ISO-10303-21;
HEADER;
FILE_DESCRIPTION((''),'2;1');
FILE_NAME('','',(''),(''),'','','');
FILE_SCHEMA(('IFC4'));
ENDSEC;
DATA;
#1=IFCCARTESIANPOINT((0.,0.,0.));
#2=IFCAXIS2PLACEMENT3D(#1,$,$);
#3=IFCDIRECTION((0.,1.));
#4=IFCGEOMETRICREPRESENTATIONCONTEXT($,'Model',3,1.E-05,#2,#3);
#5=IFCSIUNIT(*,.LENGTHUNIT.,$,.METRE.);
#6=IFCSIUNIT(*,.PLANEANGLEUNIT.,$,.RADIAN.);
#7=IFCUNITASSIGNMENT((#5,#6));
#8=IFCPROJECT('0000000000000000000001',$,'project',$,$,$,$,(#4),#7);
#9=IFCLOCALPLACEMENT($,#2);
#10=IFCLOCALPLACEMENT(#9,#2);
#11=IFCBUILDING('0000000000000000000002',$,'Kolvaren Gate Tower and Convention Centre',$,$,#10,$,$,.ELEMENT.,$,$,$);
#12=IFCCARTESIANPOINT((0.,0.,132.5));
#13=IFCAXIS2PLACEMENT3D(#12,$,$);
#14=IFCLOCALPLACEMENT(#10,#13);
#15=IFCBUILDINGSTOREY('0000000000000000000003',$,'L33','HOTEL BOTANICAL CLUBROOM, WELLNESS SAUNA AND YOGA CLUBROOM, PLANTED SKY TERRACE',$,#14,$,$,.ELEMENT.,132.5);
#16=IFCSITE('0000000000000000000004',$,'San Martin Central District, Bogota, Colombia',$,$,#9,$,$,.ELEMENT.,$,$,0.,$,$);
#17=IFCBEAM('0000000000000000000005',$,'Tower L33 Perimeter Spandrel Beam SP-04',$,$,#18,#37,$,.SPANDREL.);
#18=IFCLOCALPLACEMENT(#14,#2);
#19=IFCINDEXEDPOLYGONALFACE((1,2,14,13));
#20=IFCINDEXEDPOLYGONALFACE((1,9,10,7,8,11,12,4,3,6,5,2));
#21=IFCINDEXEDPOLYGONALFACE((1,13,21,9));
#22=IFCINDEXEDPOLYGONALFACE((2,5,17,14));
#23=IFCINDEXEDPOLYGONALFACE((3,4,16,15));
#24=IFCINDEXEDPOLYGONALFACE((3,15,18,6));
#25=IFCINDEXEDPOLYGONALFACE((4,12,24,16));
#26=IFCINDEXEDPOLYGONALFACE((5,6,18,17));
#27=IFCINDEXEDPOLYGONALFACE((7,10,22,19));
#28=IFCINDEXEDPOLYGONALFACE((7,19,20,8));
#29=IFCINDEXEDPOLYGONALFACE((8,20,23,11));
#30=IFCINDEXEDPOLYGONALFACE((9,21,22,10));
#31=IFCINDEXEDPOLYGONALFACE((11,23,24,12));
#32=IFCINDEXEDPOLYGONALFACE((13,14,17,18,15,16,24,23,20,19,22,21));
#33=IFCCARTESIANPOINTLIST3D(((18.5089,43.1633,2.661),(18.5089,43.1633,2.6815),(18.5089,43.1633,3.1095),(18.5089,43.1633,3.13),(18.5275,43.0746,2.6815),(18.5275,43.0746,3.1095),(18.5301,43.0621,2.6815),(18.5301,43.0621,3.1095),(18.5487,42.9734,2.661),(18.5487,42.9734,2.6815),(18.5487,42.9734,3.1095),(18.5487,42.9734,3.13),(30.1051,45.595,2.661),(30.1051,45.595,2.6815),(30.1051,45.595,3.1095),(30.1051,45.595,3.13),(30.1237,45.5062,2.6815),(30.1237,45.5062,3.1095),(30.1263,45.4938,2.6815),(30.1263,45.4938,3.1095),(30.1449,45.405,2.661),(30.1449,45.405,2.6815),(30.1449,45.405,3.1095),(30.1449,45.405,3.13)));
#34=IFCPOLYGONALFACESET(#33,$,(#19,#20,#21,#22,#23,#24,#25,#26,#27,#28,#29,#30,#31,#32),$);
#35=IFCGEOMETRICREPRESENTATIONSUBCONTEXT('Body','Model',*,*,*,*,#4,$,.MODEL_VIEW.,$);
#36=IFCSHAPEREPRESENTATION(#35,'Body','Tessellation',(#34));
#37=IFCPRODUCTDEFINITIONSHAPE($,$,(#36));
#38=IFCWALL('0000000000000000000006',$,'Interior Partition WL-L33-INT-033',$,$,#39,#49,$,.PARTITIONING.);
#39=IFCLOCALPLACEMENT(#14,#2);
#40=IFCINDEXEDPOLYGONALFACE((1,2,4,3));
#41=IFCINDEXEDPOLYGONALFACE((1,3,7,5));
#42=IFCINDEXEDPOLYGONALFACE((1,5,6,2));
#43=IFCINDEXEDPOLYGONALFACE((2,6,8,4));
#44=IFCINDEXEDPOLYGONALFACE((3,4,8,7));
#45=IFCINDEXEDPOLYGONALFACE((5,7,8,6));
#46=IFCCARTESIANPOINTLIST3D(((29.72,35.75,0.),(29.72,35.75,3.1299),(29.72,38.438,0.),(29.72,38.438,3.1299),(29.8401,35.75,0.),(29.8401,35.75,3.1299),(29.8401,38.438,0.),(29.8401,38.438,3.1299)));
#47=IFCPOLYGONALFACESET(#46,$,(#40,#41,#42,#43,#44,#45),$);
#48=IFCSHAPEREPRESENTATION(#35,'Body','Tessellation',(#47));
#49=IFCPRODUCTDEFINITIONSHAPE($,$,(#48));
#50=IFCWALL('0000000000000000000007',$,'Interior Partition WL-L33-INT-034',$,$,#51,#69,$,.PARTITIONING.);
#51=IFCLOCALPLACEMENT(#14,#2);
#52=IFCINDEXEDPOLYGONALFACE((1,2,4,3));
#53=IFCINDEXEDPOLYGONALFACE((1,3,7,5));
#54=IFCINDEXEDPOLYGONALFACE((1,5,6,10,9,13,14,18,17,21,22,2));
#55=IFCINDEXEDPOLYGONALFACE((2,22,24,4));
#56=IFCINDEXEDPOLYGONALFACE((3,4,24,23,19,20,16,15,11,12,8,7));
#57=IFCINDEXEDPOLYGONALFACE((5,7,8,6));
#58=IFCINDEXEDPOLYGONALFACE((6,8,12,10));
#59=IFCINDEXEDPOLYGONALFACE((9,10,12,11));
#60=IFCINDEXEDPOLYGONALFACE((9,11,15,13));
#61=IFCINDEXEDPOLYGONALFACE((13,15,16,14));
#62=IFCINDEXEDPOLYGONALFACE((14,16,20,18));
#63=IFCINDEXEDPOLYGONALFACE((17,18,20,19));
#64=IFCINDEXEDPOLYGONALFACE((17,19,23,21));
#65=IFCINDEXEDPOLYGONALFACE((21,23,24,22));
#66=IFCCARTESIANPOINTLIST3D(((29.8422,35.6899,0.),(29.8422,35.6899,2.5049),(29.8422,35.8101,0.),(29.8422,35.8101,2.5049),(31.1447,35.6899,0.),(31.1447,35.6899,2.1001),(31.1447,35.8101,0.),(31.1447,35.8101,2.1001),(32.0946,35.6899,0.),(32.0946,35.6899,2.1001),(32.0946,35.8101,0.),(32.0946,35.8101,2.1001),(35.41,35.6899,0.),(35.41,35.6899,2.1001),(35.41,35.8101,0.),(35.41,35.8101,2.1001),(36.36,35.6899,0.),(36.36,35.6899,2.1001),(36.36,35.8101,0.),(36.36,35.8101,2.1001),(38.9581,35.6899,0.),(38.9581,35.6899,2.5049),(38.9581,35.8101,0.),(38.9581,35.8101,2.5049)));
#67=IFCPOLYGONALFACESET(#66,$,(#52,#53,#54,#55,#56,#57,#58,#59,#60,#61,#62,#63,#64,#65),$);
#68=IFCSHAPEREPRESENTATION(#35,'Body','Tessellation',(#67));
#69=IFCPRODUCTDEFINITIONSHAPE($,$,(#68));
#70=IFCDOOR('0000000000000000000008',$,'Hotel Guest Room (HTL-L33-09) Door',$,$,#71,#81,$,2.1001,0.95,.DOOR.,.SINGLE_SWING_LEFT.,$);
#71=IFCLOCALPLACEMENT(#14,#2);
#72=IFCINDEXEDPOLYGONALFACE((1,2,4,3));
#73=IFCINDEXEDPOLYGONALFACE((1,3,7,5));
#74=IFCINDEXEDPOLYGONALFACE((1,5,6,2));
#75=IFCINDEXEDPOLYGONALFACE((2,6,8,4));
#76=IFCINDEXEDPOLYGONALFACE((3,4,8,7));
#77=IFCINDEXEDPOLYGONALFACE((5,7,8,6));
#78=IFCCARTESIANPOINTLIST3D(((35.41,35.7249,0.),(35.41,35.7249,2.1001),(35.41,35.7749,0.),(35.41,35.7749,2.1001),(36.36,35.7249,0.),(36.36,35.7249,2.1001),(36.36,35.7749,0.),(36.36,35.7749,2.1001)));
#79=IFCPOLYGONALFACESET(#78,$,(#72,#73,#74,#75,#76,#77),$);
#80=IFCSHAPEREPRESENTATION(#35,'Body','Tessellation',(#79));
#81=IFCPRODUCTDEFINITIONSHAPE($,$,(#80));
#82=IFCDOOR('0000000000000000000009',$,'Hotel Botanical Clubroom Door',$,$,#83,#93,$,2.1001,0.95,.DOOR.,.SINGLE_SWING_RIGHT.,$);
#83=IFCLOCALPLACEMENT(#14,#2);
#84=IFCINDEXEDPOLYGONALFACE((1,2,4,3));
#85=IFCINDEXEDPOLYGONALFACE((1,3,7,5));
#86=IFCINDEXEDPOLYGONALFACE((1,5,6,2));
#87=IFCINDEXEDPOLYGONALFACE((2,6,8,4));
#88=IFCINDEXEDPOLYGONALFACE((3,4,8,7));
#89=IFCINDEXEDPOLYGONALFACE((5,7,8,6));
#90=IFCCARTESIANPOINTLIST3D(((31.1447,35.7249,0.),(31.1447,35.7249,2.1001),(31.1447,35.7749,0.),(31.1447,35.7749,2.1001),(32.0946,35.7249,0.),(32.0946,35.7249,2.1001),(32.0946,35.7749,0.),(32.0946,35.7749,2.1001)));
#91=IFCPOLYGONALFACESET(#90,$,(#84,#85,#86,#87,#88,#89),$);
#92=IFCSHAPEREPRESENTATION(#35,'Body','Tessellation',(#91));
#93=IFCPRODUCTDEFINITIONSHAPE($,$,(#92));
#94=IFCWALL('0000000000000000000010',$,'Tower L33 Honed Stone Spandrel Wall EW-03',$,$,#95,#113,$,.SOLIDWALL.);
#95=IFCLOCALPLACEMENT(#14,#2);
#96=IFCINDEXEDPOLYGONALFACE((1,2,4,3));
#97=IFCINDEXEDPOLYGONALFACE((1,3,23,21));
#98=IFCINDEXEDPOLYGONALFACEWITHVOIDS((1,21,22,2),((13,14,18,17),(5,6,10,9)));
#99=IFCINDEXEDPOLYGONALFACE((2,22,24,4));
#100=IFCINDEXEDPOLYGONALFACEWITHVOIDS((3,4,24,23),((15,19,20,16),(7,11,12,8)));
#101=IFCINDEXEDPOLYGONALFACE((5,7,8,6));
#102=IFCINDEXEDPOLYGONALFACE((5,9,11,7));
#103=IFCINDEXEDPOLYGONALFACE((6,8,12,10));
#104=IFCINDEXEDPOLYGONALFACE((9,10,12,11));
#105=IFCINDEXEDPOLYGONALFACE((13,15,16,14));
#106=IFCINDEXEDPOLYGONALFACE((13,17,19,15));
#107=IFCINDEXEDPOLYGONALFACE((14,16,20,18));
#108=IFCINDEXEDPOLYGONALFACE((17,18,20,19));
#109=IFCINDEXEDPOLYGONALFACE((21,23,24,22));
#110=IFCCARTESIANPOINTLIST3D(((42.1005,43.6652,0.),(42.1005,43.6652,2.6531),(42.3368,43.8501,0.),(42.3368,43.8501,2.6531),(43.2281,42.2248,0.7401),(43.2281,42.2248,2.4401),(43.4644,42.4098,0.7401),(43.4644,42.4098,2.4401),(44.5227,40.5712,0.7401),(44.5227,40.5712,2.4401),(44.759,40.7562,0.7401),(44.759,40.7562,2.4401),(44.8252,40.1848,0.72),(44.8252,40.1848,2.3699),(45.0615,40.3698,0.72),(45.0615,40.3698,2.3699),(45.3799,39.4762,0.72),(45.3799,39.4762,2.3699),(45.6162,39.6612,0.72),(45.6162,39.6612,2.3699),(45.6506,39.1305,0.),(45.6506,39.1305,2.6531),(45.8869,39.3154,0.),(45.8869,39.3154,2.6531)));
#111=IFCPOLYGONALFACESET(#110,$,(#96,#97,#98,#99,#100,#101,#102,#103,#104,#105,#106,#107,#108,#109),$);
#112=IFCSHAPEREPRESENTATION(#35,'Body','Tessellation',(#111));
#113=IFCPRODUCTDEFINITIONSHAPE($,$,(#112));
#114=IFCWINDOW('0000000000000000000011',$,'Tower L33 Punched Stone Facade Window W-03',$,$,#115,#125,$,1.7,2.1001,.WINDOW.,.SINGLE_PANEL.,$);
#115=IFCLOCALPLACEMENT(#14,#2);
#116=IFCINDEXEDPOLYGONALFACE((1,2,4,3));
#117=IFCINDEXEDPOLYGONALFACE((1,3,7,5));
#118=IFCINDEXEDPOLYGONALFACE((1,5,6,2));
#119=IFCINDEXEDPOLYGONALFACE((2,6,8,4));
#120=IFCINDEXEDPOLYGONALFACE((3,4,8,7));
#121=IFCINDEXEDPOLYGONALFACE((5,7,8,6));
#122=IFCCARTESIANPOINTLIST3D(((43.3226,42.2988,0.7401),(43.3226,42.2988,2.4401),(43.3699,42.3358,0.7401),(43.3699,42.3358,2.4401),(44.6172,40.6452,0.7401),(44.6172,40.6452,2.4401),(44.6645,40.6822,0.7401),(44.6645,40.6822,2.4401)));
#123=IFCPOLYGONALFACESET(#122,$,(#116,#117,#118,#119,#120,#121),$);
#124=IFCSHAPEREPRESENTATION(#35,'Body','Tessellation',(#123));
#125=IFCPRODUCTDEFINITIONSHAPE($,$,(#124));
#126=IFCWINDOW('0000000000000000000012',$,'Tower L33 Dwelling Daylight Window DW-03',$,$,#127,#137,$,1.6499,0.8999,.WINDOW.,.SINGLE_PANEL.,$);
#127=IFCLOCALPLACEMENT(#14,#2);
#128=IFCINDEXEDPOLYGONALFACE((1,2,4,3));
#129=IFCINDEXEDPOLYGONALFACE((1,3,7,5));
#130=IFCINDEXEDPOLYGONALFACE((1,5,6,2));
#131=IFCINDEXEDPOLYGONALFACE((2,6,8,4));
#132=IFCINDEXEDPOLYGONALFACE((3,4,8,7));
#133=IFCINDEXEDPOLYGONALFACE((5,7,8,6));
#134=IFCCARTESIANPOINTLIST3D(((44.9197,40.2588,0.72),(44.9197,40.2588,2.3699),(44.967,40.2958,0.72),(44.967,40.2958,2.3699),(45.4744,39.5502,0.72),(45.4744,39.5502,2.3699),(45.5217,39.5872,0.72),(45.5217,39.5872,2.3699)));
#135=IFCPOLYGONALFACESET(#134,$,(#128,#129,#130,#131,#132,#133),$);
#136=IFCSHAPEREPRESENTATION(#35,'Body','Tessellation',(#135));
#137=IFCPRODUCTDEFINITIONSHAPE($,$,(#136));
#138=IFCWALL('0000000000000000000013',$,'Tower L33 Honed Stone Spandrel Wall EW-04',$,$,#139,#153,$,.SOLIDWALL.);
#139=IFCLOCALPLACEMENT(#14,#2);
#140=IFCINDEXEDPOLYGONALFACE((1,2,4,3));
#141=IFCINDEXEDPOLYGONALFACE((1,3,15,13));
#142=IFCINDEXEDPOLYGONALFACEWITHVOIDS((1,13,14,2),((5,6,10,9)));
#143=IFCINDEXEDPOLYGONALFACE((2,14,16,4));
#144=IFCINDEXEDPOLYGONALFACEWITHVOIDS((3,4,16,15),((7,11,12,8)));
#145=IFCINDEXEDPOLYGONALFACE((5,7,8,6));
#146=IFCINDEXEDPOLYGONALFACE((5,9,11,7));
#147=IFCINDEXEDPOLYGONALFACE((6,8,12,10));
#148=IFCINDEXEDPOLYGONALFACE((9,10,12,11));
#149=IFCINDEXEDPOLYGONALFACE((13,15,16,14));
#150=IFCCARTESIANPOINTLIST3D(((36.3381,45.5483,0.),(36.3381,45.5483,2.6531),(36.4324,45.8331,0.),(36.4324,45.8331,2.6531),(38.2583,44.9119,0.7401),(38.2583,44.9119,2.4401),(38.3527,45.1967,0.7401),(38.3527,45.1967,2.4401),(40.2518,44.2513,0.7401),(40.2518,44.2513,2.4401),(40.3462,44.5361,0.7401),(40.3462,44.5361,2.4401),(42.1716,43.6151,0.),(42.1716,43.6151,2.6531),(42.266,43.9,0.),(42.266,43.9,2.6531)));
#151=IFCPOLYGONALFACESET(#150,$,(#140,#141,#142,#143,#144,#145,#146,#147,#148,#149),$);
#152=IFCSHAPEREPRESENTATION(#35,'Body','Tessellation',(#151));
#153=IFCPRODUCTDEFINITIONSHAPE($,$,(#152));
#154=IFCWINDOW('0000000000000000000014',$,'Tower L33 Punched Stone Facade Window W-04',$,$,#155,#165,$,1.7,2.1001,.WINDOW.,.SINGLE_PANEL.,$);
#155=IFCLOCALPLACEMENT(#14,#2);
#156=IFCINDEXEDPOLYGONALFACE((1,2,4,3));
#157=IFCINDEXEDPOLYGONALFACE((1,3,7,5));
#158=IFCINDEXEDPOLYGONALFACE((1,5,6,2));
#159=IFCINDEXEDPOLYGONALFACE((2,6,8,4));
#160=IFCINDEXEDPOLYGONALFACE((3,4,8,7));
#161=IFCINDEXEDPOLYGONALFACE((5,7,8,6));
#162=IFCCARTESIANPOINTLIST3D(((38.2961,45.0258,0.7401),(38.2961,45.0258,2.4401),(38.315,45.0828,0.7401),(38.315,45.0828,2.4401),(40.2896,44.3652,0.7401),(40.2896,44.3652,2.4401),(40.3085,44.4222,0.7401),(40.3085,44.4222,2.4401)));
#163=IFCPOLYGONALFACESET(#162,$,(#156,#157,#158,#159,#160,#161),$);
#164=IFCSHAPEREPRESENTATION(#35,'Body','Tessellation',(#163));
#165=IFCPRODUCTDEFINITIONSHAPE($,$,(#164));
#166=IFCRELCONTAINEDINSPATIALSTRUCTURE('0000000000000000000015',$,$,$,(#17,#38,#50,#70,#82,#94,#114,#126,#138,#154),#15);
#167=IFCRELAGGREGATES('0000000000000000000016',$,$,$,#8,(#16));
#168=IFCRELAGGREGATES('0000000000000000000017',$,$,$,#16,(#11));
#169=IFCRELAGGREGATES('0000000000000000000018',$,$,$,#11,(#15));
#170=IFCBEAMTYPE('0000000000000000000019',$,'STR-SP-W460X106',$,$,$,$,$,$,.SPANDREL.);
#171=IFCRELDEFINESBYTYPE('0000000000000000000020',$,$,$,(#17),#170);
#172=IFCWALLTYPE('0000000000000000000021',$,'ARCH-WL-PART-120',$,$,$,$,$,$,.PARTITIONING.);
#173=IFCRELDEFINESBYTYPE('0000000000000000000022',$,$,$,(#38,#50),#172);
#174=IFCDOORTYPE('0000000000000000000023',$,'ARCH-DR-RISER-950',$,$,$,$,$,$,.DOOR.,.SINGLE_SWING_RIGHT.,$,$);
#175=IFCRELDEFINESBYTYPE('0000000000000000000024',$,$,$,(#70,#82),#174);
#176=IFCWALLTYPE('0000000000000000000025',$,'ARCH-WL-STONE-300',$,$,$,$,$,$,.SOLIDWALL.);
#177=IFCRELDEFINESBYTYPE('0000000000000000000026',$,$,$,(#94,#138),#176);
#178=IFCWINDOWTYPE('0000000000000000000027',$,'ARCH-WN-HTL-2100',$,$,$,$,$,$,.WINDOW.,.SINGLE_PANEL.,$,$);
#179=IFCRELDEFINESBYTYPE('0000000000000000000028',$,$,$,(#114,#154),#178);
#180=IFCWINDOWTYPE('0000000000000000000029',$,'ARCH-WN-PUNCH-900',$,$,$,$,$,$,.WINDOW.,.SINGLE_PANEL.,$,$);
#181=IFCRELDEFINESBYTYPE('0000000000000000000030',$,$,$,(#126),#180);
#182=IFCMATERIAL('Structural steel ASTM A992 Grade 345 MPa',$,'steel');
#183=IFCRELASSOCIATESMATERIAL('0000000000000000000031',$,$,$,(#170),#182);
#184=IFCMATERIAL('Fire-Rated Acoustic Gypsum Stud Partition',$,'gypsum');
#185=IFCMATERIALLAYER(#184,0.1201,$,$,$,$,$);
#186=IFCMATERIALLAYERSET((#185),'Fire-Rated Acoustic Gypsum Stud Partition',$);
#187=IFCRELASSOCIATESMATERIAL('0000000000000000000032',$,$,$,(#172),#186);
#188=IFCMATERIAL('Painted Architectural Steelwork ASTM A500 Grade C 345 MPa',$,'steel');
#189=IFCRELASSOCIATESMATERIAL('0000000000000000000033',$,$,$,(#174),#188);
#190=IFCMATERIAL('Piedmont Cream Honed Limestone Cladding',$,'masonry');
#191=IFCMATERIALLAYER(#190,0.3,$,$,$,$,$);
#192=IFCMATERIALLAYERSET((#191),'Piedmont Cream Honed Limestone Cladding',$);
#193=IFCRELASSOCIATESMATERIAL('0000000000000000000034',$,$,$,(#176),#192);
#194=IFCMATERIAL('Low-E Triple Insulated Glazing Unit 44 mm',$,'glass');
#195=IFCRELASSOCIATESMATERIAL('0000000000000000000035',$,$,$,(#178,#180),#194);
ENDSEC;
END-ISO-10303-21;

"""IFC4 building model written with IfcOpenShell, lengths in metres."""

from ifc_helpers import new_model, si_unit, direction, frame, frame_2d, origin, origin_2d, place, context, subcontext, project, spatial, rectangle, i_section, extrude, material, layer, layer_set, material_profile, profile_set, type_object, element, fill, save


model = new_model("IFC4")

# Units and contexts
model_context = context("Model", 3, precision=1e-05, world=origin(), true_north=direction((0.0, 1.0)))
body_context = subcontext(model_context, "Body", "Model", "MODEL_VIEW")
ifc_project = project(units=[si_unit("LENGTHUNIT", "METRE"), si_unit("PLANEANGLEUNIT", "RADIAN")], contexts=[model_context])

# Site, building, storey
site_placement = place(None, origin())
site = spatial("IfcSite", under=ifc_project, at=site_placement, Name="San Martin Central District, Bogota, Colombia", CompositionType="ELEMENT", RefElevation=0.0)
building_placement = place(site_placement, origin())
building = spatial("IfcBuilding", under=site, at=building_placement, Name="Kolvaren Gate Tower and Convention Centre", CompositionType="ELEMENT")
storey_placement = place(building_placement, frame((0.0, 0.0, 132.5)))
storey = spatial("IfcBuildingStorey", under=building, at=storey_placement, Name="L33", Description="HOTEL BOTANICAL CLUBROOM, WELLNESS SAUNA AND YOGA CLUBROOM, PLANTED SKY TERRACE", CompositionType="ELEMENT", Elevation=132.5)

# Beam
ifc_material_1 = material(Name="Structural steel ASTM A992 Grade 345 MPa", Category="steel")
ifc_material_profile_1 = material_profile(ifc_material_1, i_section(OverallWidth=0.1941, OverallDepth=0.469, WebThickness=0.0127, FlangeThickness=0.0205, at=origin_2d()), Name="W460X106")
ifc_profile_set_1 = profile_set([ifc_material_profile_1], Name="Structural steel ASTM A992 Grade 345 MPa")
beam_type_1 = type_object("IfcBeamType", Name="STR-SP-W460X106", PredefinedType="SPANDREL", material=ifc_profile_set_1)
beam_1_placement = place(storey_placement, frame((30.125, 45.5, 2.8955), z_axis=(-0.978714, -0.205229, 0.0), x_axis=(0.205229, -0.978714, 0.0)))
element("IfcBeam", 1, at=beam_1_placement, inside=storey, type_object=beam_type_1, Name="Tower L33 Perimeter Spandrel Beam SP-04", PredefinedType="SPANDREL", context=body_context, shape_type="SweptSolid", body=[
    extrude(i_section(OverallWidth=0.1941, OverallDepth=0.469, WebThickness=0.0127, FlangeThickness=0.0205, at=origin_2d()), origin(), (0.0, 0.0, 1.0), 11.8484),
])

# Wall
ifc_material_2 = material(Name="Fire-Rated Acoustic Gypsum Stud Partition", Category="gypsum")
ifc_layer_1 = layer(ifc_material_2, 0.1201)
ifc_layer_set_1 = layer_set([ifc_layer_1], Name="Fire-Rated Acoustic Gypsum Stud Partition")
wall_type_1 = type_object("IfcWallType", Name="ARCH-WL-PART-120", PredefinedType="PARTITIONING", material=ifc_layer_set_1)
wall_1_placement = place(storey_placement, frame((29.78, 35.75, 0.0), z_axis=(0.0, 0.0, 1.0), x_axis=(0.0, 1.0, 0.0)))
element("IfcWall", 2, at=wall_1_placement, inside=storey, type_object=wall_type_1, Name="Interior Partition WL-L33-INT-033", PredefinedType="PARTITIONING", context=body_context, shape_type="SweptSolid", body=[
    extrude(rectangle(XDim=2.688, YDim=0.1201, at=frame_2d((1.344, 0.0))), origin(), (0.0, 0.0, 1.0), 3.1299),
])

# Wall, openings, doors
wall_2_placement = place(storey_placement, frame((29.842, 35.75, 0.0), z_axis=(0.0, 0.0, 1.0), x_axis=(1.0, 0.0, 0.0)))
wall_2 = element("IfcWall", 3, at=wall_2_placement, inside=storey, type_object=wall_type_1, Name="Interior Partition WL-L33-INT-034", PredefinedType="PARTITIONING", context=body_context, shape_type="SweptSolid", body=[
    extrude(rectangle(XDim=9.116, YDim=0.1201, at=frame_2d((4.5581, 0.0))), origin(), (0.0, 0.0, 1.0), 2.5049),
])
opening_1_placement = place(wall_2_placement, frame((5.5679, 0.0, 0.0)))
opening_1 = element("IfcOpeningElement", 4, at=opening_1_placement, cuts=wall_2, PredefinedType="OPENING", context=body_context, shape_type="SweptSolid", body=[
    extrude(rectangle(XDim=0.95, YDim=2.1001, at=frame_2d((0.4751, 1.05))), frame((0.0, 0.0701, 0.0), z_axis=(0.0, -1.0, 0.0), x_axis=(1.0, 0.0, 0.0)), (0.0, 0.0, 1.0), 0.1401),
])
opening_2_placement = place(wall_2_placement, frame((1.3025, 0.0, 0.0)))
opening_2 = element("IfcOpeningElement", 5, at=opening_2_placement, cuts=wall_2, PredefinedType="OPENING", context=body_context, shape_type="SweptSolid", body=[
    extrude(rectangle(XDim=0.95, YDim=2.1001, at=frame_2d((0.4751, 1.05))), frame((0.0, 0.0701, 0.0), z_axis=(0.0, -1.0, 0.0), x_axis=(1.0, 0.0, 0.0)), (0.0, 0.0, 1.0), 0.1401),
])
ifc_material_3 = material(Name="Painted Architectural Steelwork ASTM A500 Grade C 345 MPa", Category="steel")
door_type_1 = type_object("IfcDoorType", Name="ARCH-DR-RISER-950", OperationType="SINGLE_SWING_RIGHT", PredefinedType="DOOR", material=ifc_material_3)
door_1_placement = place(opening_1_placement, origin())
door_1 = element("IfcDoor", 6, at=door_1_placement, inside=storey, type_object=door_type_1, Name="Hotel Guest Room (HTL-L33-09) Door", OperationType="SINGLE_SWING_LEFT", OverallHeight=2.1001, OverallWidth=0.95, PredefinedType="DOOR", context=body_context, shape_type="SweptSolid", body=[
    extrude(rectangle(XDim=0.95, YDim=2.1001, at=frame_2d((0.4751, 1.05))), frame((0.0, 0.0249, 0.0), z_axis=(0.0, -1.0, 0.0), x_axis=(1.0, 0.0, 0.0)), (0.0, 0.0, 1.0), 0.05),
])
fill(opening_1, door_1)
door_2_placement = place(opening_2_placement, origin())
door_2 = element("IfcDoor", 7, at=door_2_placement, inside=storey, type_object=door_type_1, Name="Hotel Botanical Clubroom Door", OperationType="SINGLE_SWING_RIGHT", OverallHeight=2.1001, OverallWidth=0.95, PredefinedType="DOOR", context=body_context, shape_type="SweptSolid", body=[
    extrude(rectangle(XDim=0.95, YDim=2.1001, at=frame_2d((0.4751, 1.05))), frame((0.0, 0.0249, 0.0), z_axis=(0.0, -1.0, 0.0), x_axis=(1.0, 0.0, 0.0)), (0.0, 0.0, 1.0), 0.05),
])
fill(opening_2, door_2)

# Wall, openings, windows
ifc_material_4 = material(Name="Piedmont Cream Honed Limestone Cladding", Category="masonry")
ifc_layer_2 = layer(ifc_material_4, 0.3)
ifc_layer_set_2 = layer_set([ifc_layer_2], Name="Piedmont Cream Honed Limestone Cladding")
wall_type_2 = type_object("IfcWallType", Name="ARCH-WL-STONE-300", PredefinedType="SOLIDWALL", material=ifc_layer_set_2)
wall_3_placement = place(storey_placement, frame((42.2188, 43.7576, 0.0), z_axis=(0.0, 0.0, 1.0), x_axis=(0.616435, -0.787406, 0.0)))
wall_3 = element("IfcWall", 8, at=wall_3_placement, inside=storey, type_object=wall_type_2, Name="Tower L33 Honed Stone Spandrel Wall EW-03", PredefinedType="SOLIDWALL", context=body_context, shape_type="SweptSolid", body=[
    extrude(rectangle(XDim=5.759, YDim=0.3, at=frame_2d((2.8794, 0.0))), origin(), (0.0, 0.0, 1.0), 2.6531),
])
opening_3_placement = place(wall_3_placement, frame((1.8291, 0.0, 0.74)))
opening_3 = element("IfcOpeningElement", 9, at=opening_3_placement, cuts=wall_3, PredefinedType="OPENING", context=body_context, shape_type="SweptSolid", body=[
    extrude(rectangle(XDim=2.1001, YDim=1.7, at=frame_2d((1.05, 0.8501))), frame((0.0, 0.1599, 0.0), z_axis=(0.0, -1.0, 0.0), x_axis=(1.0, 0.0, 0.0)), (0.0, 0.0, 1.0), 0.3201),
])
opening_4_placement = place(wall_3_placement, frame((4.4199, 0.0, 0.72)))
opening_4 = element("IfcOpeningElement", 10, at=opening_4_placement, cuts=wall_3, PredefinedType="OPENING", context=body_context, shape_type="SweptSolid", body=[
    extrude(rectangle(XDim=0.8999, YDim=1.6499, at=frame_2d((0.45, 0.825))), frame((0.0, 0.1599, 0.0), z_axis=(0.0, -1.0, 0.0), x_axis=(1.0, 0.0, 0.0)), (0.0, 0.0, 1.0), 0.3201),
])
ifc_material_5 = material(Name="Low-E Triple Insulated Glazing Unit 44 mm", Category="glass")
window_type_1 = type_object("IfcWindowType", Name="ARCH-WN-HTL-2100", PartitioningType="SINGLE_PANEL", PredefinedType="WINDOW", material=ifc_material_5)
window_1_placement = place(opening_3_placement, origin())
window_1 = element("IfcWindow", 11, at=window_1_placement, inside=storey, type_object=window_type_1, Name="Tower L33 Punched Stone Facade Window W-03", OverallHeight=1.7, OverallWidth=2.1001, PartitioningType="SINGLE_PANEL", PredefinedType="WINDOW", context=body_context, shape_type="SweptSolid", body=[
    extrude(rectangle(XDim=2.1001, YDim=1.7, at=frame_2d((1.05, 0.8501))), frame((0.0, 0.03, 0.0), z_axis=(0.0, -1.0, 0.0), x_axis=(1.0, 0.0, 0.0)), (0.0, 0.0, 1.0), 0.0601),
])
fill(opening_3, window_1)
window_type_2 = type_object("IfcWindowType", Name="ARCH-WN-PUNCH-900", PartitioningType="SINGLE_PANEL", PredefinedType="WINDOW", material=ifc_material_5)
window_2_placement = place(opening_4_placement, origin())
window_2 = element("IfcWindow", 12, at=window_2_placement, inside=storey, type_object=window_type_2, Name="Tower L33 Dwelling Daylight Window DW-03", OverallHeight=1.6499, OverallWidth=0.8999, PartitioningType="SINGLE_PANEL", PredefinedType="WINDOW", context=body_context, shape_type="SweptSolid", body=[
    extrude(rectangle(XDim=0.8999, YDim=1.6499, at=frame_2d((0.45, 0.825))), frame((0.0, 0.03, 0.0), z_axis=(0.0, -1.0, 0.0), x_axis=(1.0, 0.0, 0.0)), (0.0, 0.0, 1.0), 0.0601),
])
fill(opening_4, window_2)

# Wall, opening, window
wall_4_placement = place(storey_placement, frame((36.3853, 45.6907, 0.0), z_axis=(0.0, 0.0, 1.0), x_axis=(0.949238, -0.314559, 0.0)))
wall_4 = element("IfcWall", 13, at=wall_4_placement, inside=storey, type_object=wall_type_2, Name="Tower L33 Honed Stone Spandrel Wall EW-04", PredefinedType="SOLIDWALL", context=body_context, shape_type="SweptSolid", body=[
    extrude(rectangle(XDim=6.1455, YDim=0.3, at=frame_2d((3.0728, 0.0))), origin(), (0.0, 0.0, 1.0), 2.6531),
])
opening_5_placement = place(wall_4_placement, frame((2.0229, 0.0, 0.74)))
opening_5 = element("IfcOpeningElement", 14, at=opening_5_placement, cuts=wall_4, PredefinedType="OPENING", context=body_context, shape_type="SweptSolid", body=[
    extrude(rectangle(XDim=2.1001, YDim=1.7, at=frame_2d((1.05, 0.8501))), frame((0.0, 0.1599, 0.0), z_axis=(0.0, -1.0, 0.0), x_axis=(1.0, 0.0, 0.0)), (0.0, 0.0, 1.0), 0.3201),
])
window_3_placement = place(opening_5_placement, origin())
window_3 = element("IfcWindow", 15, at=window_3_placement, inside=storey, type_object=window_type_1, Name="Tower L33 Punched Stone Facade Window W-04", OverallHeight=1.7, OverallWidth=2.1001, PartitioningType="SINGLE_PANEL", PredefinedType="WINDOW", context=body_context, shape_type="SweptSolid", body=[
    extrude(rectangle(XDim=2.1001, YDim=1.7, at=frame_2d((1.05, 0.8501))), frame((0.0, 0.03, 0.0), z_axis=(0.0, -1.0, 0.0), x_axis=(1.0, 0.0, 0.0)), (0.0, 0.0, 1.0), 0.0601),
])
fill(opening_5, window_3)

save(model, "model.ifc")
